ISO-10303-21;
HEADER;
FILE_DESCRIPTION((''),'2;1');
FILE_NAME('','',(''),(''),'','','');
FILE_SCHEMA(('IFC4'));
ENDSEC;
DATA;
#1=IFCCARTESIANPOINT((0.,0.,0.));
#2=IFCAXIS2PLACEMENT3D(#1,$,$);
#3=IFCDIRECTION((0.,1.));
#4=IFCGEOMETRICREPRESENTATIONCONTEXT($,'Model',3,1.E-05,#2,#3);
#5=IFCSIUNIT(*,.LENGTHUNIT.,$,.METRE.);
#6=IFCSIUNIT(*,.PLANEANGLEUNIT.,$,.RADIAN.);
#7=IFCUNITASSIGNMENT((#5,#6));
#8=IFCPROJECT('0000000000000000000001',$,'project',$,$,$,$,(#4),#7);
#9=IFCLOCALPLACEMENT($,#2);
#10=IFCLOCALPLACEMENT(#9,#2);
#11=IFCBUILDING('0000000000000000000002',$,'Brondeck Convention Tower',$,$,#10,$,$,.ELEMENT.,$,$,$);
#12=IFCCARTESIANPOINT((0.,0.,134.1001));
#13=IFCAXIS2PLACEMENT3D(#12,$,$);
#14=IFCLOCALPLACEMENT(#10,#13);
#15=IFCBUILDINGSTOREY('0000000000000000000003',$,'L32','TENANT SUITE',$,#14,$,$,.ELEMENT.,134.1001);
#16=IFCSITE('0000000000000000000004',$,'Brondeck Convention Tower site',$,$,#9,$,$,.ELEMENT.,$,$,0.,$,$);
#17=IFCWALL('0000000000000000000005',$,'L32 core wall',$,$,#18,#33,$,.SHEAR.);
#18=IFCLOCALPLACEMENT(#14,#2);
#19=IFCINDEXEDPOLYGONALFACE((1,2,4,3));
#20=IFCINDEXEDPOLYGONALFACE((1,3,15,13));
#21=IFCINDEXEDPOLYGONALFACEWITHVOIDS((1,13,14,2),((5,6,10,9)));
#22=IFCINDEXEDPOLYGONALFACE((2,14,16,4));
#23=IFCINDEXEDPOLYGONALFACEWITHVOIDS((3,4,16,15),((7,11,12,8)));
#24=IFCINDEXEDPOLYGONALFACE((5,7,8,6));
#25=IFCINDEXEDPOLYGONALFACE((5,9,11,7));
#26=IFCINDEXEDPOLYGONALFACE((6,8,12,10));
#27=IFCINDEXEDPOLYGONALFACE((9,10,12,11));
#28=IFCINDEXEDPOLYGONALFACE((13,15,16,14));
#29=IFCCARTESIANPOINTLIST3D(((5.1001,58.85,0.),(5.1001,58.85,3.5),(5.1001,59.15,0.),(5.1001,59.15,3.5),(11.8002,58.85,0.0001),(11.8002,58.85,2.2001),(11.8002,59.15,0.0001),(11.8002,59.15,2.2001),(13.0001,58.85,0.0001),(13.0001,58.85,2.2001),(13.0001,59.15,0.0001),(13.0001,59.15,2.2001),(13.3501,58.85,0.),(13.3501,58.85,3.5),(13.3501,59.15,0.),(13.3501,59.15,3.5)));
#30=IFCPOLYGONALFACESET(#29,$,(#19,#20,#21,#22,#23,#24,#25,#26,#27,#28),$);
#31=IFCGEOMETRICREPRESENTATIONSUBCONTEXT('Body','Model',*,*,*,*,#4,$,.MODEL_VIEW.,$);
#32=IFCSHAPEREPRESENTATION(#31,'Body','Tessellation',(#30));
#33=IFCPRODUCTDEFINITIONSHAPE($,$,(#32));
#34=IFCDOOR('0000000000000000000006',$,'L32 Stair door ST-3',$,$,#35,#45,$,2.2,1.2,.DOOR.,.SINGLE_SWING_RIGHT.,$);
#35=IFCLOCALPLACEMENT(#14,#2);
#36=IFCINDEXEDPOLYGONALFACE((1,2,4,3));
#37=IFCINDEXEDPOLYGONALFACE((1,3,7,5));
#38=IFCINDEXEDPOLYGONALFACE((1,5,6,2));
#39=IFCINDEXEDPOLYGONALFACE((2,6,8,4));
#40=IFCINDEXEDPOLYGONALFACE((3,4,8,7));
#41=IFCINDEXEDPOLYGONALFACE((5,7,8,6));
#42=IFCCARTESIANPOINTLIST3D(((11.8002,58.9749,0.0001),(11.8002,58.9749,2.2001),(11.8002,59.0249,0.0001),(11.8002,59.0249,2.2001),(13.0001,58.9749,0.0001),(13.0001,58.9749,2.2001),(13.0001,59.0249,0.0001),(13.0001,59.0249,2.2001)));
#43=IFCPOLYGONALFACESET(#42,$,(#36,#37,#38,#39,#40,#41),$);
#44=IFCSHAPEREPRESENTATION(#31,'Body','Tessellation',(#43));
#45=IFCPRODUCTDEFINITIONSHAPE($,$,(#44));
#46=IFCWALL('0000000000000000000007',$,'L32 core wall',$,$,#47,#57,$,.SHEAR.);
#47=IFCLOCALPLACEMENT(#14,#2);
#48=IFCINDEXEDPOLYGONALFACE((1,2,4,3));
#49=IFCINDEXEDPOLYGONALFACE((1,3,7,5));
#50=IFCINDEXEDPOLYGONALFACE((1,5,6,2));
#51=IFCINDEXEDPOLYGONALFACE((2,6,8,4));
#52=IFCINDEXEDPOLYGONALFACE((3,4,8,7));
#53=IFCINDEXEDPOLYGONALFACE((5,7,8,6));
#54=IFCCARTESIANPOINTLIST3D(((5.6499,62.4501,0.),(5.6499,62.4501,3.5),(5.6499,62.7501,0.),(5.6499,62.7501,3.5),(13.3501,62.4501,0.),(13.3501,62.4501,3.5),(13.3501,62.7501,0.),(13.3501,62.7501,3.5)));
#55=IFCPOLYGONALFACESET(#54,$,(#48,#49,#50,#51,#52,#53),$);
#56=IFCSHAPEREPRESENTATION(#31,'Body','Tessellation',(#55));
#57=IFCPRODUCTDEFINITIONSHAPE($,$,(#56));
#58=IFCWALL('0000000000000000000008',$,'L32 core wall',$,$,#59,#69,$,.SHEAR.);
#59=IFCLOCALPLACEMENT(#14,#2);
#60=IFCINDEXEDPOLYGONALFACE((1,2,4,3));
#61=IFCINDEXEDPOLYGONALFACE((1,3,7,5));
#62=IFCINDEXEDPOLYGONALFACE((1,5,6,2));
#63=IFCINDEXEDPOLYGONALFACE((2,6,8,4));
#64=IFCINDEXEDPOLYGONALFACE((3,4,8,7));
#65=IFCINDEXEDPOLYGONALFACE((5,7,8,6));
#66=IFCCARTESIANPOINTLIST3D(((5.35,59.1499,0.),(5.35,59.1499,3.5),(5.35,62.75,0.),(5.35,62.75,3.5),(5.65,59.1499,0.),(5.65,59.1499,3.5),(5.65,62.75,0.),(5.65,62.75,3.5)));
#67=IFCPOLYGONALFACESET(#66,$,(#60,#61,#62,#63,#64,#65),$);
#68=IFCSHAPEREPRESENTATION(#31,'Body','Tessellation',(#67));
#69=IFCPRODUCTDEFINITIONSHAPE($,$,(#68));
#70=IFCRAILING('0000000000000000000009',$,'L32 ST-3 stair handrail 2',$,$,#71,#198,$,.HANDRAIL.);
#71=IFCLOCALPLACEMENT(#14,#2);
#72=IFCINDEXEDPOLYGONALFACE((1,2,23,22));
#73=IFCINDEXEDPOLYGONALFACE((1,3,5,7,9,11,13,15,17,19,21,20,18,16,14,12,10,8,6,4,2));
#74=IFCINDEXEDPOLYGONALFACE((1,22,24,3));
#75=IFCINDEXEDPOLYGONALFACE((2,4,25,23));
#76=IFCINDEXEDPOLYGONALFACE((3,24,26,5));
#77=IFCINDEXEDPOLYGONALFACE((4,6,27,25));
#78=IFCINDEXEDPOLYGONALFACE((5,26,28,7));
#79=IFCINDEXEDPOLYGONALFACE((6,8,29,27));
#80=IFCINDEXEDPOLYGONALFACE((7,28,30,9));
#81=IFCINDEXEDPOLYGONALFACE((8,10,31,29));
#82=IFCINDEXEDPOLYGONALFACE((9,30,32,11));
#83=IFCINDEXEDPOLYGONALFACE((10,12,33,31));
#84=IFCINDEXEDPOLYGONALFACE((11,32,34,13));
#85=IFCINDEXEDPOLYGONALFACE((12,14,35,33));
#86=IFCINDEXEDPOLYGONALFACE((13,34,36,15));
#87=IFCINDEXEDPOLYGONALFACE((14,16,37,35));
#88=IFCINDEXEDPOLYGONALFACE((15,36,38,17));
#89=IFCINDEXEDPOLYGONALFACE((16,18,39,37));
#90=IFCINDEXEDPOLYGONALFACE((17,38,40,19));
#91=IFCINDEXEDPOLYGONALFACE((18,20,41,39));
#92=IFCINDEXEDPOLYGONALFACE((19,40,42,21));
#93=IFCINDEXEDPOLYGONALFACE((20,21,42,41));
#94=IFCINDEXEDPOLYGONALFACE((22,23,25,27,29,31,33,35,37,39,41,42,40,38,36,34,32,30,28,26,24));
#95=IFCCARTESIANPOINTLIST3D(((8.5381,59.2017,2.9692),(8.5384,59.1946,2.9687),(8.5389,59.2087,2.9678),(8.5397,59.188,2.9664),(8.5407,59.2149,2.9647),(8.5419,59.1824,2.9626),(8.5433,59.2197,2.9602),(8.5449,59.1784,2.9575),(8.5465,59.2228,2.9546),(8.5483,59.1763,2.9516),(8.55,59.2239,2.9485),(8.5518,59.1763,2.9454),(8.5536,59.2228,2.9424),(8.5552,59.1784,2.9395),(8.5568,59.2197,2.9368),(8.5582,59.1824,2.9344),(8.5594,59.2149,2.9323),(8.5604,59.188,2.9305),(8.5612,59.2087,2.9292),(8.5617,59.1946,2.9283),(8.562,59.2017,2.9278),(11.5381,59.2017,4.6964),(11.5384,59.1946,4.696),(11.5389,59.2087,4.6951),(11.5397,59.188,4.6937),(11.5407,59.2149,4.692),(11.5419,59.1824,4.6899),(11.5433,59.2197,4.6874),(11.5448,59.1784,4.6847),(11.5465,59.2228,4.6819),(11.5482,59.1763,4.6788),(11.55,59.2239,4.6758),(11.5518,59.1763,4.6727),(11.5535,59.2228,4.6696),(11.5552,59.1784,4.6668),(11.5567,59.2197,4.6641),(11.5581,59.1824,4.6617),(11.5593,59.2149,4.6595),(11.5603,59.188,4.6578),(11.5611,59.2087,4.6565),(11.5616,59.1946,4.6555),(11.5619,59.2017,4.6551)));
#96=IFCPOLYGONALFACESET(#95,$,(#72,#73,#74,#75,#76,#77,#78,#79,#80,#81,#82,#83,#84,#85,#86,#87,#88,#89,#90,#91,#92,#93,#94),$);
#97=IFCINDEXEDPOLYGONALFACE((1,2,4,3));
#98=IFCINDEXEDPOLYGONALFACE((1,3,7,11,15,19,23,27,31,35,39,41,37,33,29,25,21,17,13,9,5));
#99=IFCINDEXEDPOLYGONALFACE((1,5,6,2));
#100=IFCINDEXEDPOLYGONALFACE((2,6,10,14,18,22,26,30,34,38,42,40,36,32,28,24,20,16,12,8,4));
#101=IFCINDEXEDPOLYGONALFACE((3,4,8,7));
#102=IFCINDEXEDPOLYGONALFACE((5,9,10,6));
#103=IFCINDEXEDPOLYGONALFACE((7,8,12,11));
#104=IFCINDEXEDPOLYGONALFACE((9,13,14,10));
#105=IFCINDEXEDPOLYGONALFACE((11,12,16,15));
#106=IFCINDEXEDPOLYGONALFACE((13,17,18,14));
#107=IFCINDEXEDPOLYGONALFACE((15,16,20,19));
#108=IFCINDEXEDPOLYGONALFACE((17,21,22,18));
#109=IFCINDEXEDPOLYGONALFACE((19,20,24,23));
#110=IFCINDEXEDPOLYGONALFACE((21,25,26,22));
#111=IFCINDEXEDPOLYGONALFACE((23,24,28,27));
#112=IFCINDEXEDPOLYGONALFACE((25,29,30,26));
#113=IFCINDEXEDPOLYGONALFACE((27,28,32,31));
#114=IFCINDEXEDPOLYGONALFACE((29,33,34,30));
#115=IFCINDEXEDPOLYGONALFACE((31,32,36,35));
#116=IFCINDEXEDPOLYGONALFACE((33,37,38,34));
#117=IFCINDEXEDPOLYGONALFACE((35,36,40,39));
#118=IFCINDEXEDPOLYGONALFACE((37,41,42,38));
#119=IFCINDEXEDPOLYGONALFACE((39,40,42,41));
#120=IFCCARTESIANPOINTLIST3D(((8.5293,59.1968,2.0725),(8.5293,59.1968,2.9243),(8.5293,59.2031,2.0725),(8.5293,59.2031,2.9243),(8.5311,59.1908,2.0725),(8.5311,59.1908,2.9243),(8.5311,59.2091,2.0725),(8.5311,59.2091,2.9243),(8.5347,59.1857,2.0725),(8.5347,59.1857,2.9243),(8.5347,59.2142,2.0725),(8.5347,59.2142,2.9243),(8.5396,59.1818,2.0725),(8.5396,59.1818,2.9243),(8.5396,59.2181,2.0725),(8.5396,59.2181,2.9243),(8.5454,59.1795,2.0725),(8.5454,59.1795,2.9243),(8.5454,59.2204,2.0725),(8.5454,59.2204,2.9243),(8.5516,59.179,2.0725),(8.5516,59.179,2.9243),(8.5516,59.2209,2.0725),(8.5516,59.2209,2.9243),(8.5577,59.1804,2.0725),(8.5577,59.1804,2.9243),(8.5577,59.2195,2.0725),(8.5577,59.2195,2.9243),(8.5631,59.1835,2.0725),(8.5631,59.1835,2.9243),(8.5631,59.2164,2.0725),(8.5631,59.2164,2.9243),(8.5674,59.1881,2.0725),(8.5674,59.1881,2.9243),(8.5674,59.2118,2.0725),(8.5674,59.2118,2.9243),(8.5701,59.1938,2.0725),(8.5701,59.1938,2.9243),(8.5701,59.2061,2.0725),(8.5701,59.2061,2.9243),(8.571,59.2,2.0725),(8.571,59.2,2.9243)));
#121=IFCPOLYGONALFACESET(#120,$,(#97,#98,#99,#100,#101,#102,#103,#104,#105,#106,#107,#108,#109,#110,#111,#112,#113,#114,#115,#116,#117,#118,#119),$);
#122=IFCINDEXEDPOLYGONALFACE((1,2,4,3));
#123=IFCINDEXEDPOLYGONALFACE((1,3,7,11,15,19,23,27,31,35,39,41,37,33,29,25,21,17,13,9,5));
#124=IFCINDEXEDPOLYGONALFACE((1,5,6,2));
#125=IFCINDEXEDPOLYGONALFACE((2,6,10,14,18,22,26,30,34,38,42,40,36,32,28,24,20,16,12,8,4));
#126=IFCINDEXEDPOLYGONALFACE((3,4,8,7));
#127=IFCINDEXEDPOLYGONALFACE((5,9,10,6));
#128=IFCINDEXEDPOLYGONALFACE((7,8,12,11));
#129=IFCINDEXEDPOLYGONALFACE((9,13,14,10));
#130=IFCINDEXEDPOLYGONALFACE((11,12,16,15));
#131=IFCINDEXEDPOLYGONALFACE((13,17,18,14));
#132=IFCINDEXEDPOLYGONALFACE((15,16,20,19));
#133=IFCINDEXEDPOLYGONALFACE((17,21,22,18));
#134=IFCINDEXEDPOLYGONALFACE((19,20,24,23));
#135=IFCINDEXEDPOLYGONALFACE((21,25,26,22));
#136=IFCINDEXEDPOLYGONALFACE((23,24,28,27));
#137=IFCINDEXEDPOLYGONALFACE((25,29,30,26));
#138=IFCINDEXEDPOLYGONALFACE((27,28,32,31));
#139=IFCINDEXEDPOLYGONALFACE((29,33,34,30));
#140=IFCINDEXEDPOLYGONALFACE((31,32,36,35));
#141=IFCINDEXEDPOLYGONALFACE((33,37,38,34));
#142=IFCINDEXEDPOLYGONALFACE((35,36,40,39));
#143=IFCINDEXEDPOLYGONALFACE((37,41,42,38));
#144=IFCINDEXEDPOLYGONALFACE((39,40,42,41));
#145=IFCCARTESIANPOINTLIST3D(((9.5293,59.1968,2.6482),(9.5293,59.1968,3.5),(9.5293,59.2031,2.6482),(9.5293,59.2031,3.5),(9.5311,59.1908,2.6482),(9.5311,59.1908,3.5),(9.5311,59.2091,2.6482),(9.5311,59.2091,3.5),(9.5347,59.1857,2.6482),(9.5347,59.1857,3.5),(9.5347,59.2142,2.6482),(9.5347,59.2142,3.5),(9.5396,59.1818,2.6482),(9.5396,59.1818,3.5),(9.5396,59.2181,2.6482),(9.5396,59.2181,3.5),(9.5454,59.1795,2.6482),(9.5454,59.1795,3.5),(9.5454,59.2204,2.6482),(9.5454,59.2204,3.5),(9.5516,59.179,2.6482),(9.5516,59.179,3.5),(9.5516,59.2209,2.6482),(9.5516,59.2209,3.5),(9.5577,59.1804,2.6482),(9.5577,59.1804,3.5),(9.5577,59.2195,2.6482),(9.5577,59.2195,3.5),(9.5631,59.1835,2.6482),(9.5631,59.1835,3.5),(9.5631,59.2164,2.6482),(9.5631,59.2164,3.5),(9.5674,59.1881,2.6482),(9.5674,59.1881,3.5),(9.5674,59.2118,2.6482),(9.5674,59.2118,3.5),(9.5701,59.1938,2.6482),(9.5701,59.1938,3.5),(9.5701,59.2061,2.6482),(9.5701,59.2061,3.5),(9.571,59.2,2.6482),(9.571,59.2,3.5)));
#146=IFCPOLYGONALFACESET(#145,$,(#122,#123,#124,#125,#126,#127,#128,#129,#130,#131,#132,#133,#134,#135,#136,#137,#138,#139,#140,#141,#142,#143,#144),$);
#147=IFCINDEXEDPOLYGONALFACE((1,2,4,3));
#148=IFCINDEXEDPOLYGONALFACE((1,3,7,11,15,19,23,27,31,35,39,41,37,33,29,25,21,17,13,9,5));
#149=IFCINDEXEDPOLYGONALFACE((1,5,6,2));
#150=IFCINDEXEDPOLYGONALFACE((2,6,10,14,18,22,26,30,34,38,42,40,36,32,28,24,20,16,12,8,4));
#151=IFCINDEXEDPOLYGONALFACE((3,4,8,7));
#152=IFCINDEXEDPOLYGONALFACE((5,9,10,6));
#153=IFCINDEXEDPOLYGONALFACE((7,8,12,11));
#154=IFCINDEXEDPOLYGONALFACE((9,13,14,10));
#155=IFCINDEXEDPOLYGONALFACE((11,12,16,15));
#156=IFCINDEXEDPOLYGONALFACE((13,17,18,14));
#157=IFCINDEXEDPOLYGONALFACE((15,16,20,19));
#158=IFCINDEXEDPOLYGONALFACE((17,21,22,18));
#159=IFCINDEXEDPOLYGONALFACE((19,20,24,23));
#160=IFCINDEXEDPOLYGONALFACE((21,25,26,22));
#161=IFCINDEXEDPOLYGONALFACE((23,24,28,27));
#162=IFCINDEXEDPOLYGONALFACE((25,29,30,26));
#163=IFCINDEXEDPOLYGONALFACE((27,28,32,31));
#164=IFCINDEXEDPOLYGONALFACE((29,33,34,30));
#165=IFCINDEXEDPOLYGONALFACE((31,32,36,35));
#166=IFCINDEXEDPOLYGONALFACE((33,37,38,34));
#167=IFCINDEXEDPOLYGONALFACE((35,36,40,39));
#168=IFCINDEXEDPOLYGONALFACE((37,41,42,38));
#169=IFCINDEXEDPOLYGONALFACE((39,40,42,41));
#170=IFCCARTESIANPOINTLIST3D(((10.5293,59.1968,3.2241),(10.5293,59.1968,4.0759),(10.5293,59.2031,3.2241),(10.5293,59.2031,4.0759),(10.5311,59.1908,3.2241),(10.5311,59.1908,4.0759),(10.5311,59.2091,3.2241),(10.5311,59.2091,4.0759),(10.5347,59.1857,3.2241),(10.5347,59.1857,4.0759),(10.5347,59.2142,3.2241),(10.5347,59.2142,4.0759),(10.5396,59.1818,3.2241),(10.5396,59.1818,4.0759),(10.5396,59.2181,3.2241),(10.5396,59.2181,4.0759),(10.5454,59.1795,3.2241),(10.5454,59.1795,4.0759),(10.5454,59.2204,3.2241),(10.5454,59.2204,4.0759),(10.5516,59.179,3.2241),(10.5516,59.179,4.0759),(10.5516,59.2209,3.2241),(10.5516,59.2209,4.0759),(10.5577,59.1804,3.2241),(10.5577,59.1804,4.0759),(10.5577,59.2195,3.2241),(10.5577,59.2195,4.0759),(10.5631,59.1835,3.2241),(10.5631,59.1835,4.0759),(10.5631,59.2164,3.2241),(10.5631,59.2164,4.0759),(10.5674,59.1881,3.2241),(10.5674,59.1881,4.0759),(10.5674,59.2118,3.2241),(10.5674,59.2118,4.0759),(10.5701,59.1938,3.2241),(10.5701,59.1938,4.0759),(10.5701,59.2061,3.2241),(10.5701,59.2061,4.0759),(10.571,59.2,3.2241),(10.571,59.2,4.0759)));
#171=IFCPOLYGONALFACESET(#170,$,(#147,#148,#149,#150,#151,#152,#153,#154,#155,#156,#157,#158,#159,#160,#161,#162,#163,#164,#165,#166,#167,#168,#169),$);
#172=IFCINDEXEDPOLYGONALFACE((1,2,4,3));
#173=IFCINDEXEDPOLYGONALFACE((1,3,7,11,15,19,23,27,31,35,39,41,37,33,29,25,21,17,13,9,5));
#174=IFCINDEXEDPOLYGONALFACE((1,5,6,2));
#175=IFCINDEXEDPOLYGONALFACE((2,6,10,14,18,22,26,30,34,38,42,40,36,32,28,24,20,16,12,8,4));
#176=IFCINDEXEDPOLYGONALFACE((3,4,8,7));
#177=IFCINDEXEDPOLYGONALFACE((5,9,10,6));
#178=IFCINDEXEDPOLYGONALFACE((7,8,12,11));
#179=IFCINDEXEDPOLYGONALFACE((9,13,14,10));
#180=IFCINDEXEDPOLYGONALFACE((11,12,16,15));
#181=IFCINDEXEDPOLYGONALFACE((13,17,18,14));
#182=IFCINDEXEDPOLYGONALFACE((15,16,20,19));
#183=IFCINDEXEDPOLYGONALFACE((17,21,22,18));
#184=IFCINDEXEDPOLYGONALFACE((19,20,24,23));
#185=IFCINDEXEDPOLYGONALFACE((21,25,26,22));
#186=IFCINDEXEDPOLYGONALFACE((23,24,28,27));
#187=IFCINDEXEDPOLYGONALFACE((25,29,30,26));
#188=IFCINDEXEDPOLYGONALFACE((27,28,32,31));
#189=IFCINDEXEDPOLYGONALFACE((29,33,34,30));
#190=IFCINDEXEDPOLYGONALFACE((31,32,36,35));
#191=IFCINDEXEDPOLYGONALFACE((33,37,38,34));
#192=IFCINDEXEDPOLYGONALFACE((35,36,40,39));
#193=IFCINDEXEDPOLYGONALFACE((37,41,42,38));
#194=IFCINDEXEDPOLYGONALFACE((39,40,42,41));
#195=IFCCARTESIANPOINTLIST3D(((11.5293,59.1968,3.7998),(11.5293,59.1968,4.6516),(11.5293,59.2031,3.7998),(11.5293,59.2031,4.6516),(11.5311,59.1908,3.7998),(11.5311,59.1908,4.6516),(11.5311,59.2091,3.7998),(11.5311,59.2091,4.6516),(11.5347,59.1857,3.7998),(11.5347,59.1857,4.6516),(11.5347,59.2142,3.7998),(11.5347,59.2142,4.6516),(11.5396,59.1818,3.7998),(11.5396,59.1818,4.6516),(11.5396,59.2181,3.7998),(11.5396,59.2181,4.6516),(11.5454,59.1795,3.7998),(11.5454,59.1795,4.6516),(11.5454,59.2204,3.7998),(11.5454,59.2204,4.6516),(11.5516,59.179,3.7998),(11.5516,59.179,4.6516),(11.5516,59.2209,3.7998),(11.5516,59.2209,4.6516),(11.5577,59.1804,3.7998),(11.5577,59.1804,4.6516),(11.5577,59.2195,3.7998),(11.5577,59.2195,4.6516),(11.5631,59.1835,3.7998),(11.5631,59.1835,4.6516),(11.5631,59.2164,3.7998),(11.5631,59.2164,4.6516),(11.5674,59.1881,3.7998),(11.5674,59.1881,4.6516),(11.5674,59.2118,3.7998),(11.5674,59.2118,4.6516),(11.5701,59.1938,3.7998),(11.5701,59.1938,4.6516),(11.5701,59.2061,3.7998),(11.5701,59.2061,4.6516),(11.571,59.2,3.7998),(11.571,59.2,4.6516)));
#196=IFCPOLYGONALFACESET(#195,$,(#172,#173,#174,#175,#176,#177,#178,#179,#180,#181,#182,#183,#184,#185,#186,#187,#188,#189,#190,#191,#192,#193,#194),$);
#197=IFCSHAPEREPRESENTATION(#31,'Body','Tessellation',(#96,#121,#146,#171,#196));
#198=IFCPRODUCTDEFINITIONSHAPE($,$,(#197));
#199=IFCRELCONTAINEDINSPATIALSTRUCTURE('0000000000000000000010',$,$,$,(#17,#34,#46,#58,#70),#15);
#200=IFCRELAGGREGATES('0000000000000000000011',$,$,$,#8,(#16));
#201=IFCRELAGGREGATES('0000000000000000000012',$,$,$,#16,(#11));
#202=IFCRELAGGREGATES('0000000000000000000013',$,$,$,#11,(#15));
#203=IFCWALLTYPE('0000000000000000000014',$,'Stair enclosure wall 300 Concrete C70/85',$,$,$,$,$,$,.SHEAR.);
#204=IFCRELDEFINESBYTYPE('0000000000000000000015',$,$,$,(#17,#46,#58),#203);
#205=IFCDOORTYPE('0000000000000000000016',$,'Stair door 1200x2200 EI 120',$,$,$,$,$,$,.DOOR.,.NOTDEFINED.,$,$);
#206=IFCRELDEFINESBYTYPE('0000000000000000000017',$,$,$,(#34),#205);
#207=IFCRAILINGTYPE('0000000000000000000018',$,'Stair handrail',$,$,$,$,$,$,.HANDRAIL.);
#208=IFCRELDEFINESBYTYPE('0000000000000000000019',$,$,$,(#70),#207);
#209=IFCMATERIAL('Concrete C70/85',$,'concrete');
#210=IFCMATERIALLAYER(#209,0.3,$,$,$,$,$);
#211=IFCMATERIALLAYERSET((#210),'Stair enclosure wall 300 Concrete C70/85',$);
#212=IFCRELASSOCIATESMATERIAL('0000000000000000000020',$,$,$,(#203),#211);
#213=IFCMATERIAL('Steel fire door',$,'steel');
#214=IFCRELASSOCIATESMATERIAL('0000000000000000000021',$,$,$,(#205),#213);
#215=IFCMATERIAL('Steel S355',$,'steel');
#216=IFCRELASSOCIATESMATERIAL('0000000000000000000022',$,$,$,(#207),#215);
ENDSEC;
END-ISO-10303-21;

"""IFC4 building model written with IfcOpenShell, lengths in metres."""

from ifc_helpers import new_model, si_unit, direction, frame, frame_2d, origin, origin_2d, place, context, subcontext, project, spatial, rectangle, circle, extrude, material, layer, layer_set, type_object, element, fill, save


model = new_model("IFC4")

# Units and contexts
model_context = context("Model", 3, precision=1e-05, world=origin(), true_north=direction((0.0, 1.0)))
body_context = subcontext(model_context, "Body", "Model", "MODEL_VIEW")
ifc_project = project(units=[si_unit("LENGTHUNIT", "METRE"), si_unit("PLANEANGLEUNIT", "RADIAN")], contexts=[model_context])

# Site, building, storey
site_placement = place(None, origin())
site = spatial("IfcSite", under=ifc_project, at=site_placement, Name="Brondeck Convention Tower site", CompositionType="ELEMENT", RefElevation=0.0)
building_placement = place(site_placement, origin())
building = spatial("IfcBuilding", under=site, at=building_placement, Name="Brondeck Convention Tower", CompositionType="ELEMENT")
storey_placement = place(building_placement, frame((0.0, 0.0, 134.1001)))
storey = spatial("IfcBuildingStorey", under=building, at=storey_placement, Name="L32", Description="TENANT SUITE", CompositionType="ELEMENT", Elevation=134.1001)

# Shared definitions
ifc_material_1 = material(Name="Concrete C70/85", Category="concrete")

# Shared definitions
ifc_material_2 = material(Name="Steel fire door", Category="steel")

# Wall, opening, door
ifc_layer_1 = layer(ifc_material_1, 0.3)
ifc_layer_set_1 = layer_set([ifc_layer_1], Name="Stair enclosure wall 300 Concrete C70/85")
wall_type_1 = type_object("IfcWallType", Name="Stair enclosure wall 300 Concrete C70/85", PredefinedType="SHEAR", material=ifc_layer_set_1)
wall_1_placement = place(storey_placement, frame((5.1001, 59.0, 0.0), z_axis=(0.0, 0.0, 1.0), x_axis=(1.0, 0.0, 0.0)))
wall_1 = element("IfcWall", 1, at=wall_1_placement, inside=storey, type_object=wall_type_1, Name="L32 core wall", PredefinedType="SHEAR", context=body_context, shape_type="SweptSolid", body=[
    extrude(rectangle(XDim=8.25, YDim=0.3, at=frame_2d((4.125, 0.0))), origin(), (0.0, 0.0, 1.0), 3.5),
])
opening_1_placement = place(wall_1_placement, frame((6.7, 0.0, 0.0)))
opening_1 = element("IfcOpeningElement", 2, at=opening_1_placement, cuts=wall_1, PredefinedType="OPENING", context=body_context, shape_type="SweptSolid", body=[
    extrude(rectangle(XDim=1.2, YDim=2.2, at=frame_2d((0.6001, 1.1001))), frame((0.0, 0.1599, 0.0), z_axis=(0.0, -1.0, 0.0), x_axis=(1.0, 0.0, 0.0)), (0.0, 0.0, 1.0), 0.3201),
])
door_type_1 = type_object("IfcDoorType", Name="Stair door 1200x2200 EI 120", OperationType="NOTDEFINED", PredefinedType="DOOR", material=ifc_material_2)
door_1_placement = place(opening_1_placement, origin())
door_1 = element("IfcDoor", 3, at=door_1_placement, inside=storey, type_object=door_type_1, Name="L32 Stair door ST-3", OperationType="SINGLE_SWING_RIGHT", OverallHeight=2.2, OverallWidth=1.2, PredefinedType="DOOR", context=body_context, shape_type="SweptSolid", body=[
    extrude(rectangle(XDim=1.2, YDim=2.2, at=frame_2d((0.6001, 1.1001))), frame((0.0, 0.0249, 0.0), z_axis=(0.0, -1.0, 0.0), x_axis=(1.0, 0.0, 0.0)), (0.0, 0.0, 1.0), 0.05),
])
fill(opening_1, door_1)

# Walls
wall_2_placement = place(storey_placement, frame((5.6499, 62.6001, 0.0), z_axis=(0.0, 0.0, 1.0), x_axis=(1.0, 0.0, 0.0)))
element("IfcWall", 4, at=wall_2_placement, inside=storey, type_object=wall_type_1, Name="L32 core wall", PredefinedType="SHEAR", context=body_context, shape_type="SweptSolid", body=[
    extrude(rectangle(XDim=7.7002, YDim=0.3, at=frame_2d((3.8501, 0.0))), origin(), (0.0, 0.0, 1.0), 3.5),
])
wall_3_placement = place(storey_placement, frame((5.5, 59.1499, 0.0), z_axis=(0.0, 0.0, 1.0), x_axis=(0.0, 1.0, 0.0)))
element("IfcWall", 5, at=wall_3_placement, inside=storey, type_object=wall_type_1, Name="L32 core wall", PredefinedType="SHEAR", context=body_context, shape_type="SweptSolid", body=[
    extrude(rectangle(XDim=3.6001, YDim=0.3, at=frame_2d((1.8, 0.0))), origin(), (0.0, 0.0, 1.0), 3.5),
])

# Railing
ifc_material_3 = material(Name="Steel S355", Category="steel")
railing_type = type_object("IfcRailingType", Name="Stair handrail", PredefinedType="HANDRAIL", material=ifc_material_3)
railing_placement = place(storey_placement, frame((8.55, 59.2, 2.0725)))
element("IfcRailing", 6, at=railing_placement, inside=storey, type_object=railing_type, Name="L32 ST-3 stair handrail 2", PredefinedType="HANDRAIL", context=body_context, shape_type="SweptSolid", body=[
    extrude(circle(Radius=0.0239, at=origin_2d()), frame((0.0, 0.0, 0.876), z_axis=(0.86662, 0.0, 0.498969), x_axis=(0.0, 1.0, 0.0)), (0.0, 0.0, 1.0), 3.4617),
    extrude(circle(Radius=0.021, at=origin_2d()), origin(), (0.0, 0.0, 1.0), 0.8518),
    extrude(circle(Radius=0.021, at=origin_2d()), frame((1.0, 0.0, 0.5757)), (0.0, 0.0, 1.0), 0.8518),
    extrude(circle(Radius=0.021, at=origin_2d()), frame((2.0, 0.0, 1.1516)), (0.0, 0.0, 1.0), 0.8518),
    extrude(circle(Radius=0.021, at=origin_2d()), frame((3.0, 0.0, 1.7273)), (0.0, 0.0, 1.0), 0.8518),
])

save(model, "model.ifc")
